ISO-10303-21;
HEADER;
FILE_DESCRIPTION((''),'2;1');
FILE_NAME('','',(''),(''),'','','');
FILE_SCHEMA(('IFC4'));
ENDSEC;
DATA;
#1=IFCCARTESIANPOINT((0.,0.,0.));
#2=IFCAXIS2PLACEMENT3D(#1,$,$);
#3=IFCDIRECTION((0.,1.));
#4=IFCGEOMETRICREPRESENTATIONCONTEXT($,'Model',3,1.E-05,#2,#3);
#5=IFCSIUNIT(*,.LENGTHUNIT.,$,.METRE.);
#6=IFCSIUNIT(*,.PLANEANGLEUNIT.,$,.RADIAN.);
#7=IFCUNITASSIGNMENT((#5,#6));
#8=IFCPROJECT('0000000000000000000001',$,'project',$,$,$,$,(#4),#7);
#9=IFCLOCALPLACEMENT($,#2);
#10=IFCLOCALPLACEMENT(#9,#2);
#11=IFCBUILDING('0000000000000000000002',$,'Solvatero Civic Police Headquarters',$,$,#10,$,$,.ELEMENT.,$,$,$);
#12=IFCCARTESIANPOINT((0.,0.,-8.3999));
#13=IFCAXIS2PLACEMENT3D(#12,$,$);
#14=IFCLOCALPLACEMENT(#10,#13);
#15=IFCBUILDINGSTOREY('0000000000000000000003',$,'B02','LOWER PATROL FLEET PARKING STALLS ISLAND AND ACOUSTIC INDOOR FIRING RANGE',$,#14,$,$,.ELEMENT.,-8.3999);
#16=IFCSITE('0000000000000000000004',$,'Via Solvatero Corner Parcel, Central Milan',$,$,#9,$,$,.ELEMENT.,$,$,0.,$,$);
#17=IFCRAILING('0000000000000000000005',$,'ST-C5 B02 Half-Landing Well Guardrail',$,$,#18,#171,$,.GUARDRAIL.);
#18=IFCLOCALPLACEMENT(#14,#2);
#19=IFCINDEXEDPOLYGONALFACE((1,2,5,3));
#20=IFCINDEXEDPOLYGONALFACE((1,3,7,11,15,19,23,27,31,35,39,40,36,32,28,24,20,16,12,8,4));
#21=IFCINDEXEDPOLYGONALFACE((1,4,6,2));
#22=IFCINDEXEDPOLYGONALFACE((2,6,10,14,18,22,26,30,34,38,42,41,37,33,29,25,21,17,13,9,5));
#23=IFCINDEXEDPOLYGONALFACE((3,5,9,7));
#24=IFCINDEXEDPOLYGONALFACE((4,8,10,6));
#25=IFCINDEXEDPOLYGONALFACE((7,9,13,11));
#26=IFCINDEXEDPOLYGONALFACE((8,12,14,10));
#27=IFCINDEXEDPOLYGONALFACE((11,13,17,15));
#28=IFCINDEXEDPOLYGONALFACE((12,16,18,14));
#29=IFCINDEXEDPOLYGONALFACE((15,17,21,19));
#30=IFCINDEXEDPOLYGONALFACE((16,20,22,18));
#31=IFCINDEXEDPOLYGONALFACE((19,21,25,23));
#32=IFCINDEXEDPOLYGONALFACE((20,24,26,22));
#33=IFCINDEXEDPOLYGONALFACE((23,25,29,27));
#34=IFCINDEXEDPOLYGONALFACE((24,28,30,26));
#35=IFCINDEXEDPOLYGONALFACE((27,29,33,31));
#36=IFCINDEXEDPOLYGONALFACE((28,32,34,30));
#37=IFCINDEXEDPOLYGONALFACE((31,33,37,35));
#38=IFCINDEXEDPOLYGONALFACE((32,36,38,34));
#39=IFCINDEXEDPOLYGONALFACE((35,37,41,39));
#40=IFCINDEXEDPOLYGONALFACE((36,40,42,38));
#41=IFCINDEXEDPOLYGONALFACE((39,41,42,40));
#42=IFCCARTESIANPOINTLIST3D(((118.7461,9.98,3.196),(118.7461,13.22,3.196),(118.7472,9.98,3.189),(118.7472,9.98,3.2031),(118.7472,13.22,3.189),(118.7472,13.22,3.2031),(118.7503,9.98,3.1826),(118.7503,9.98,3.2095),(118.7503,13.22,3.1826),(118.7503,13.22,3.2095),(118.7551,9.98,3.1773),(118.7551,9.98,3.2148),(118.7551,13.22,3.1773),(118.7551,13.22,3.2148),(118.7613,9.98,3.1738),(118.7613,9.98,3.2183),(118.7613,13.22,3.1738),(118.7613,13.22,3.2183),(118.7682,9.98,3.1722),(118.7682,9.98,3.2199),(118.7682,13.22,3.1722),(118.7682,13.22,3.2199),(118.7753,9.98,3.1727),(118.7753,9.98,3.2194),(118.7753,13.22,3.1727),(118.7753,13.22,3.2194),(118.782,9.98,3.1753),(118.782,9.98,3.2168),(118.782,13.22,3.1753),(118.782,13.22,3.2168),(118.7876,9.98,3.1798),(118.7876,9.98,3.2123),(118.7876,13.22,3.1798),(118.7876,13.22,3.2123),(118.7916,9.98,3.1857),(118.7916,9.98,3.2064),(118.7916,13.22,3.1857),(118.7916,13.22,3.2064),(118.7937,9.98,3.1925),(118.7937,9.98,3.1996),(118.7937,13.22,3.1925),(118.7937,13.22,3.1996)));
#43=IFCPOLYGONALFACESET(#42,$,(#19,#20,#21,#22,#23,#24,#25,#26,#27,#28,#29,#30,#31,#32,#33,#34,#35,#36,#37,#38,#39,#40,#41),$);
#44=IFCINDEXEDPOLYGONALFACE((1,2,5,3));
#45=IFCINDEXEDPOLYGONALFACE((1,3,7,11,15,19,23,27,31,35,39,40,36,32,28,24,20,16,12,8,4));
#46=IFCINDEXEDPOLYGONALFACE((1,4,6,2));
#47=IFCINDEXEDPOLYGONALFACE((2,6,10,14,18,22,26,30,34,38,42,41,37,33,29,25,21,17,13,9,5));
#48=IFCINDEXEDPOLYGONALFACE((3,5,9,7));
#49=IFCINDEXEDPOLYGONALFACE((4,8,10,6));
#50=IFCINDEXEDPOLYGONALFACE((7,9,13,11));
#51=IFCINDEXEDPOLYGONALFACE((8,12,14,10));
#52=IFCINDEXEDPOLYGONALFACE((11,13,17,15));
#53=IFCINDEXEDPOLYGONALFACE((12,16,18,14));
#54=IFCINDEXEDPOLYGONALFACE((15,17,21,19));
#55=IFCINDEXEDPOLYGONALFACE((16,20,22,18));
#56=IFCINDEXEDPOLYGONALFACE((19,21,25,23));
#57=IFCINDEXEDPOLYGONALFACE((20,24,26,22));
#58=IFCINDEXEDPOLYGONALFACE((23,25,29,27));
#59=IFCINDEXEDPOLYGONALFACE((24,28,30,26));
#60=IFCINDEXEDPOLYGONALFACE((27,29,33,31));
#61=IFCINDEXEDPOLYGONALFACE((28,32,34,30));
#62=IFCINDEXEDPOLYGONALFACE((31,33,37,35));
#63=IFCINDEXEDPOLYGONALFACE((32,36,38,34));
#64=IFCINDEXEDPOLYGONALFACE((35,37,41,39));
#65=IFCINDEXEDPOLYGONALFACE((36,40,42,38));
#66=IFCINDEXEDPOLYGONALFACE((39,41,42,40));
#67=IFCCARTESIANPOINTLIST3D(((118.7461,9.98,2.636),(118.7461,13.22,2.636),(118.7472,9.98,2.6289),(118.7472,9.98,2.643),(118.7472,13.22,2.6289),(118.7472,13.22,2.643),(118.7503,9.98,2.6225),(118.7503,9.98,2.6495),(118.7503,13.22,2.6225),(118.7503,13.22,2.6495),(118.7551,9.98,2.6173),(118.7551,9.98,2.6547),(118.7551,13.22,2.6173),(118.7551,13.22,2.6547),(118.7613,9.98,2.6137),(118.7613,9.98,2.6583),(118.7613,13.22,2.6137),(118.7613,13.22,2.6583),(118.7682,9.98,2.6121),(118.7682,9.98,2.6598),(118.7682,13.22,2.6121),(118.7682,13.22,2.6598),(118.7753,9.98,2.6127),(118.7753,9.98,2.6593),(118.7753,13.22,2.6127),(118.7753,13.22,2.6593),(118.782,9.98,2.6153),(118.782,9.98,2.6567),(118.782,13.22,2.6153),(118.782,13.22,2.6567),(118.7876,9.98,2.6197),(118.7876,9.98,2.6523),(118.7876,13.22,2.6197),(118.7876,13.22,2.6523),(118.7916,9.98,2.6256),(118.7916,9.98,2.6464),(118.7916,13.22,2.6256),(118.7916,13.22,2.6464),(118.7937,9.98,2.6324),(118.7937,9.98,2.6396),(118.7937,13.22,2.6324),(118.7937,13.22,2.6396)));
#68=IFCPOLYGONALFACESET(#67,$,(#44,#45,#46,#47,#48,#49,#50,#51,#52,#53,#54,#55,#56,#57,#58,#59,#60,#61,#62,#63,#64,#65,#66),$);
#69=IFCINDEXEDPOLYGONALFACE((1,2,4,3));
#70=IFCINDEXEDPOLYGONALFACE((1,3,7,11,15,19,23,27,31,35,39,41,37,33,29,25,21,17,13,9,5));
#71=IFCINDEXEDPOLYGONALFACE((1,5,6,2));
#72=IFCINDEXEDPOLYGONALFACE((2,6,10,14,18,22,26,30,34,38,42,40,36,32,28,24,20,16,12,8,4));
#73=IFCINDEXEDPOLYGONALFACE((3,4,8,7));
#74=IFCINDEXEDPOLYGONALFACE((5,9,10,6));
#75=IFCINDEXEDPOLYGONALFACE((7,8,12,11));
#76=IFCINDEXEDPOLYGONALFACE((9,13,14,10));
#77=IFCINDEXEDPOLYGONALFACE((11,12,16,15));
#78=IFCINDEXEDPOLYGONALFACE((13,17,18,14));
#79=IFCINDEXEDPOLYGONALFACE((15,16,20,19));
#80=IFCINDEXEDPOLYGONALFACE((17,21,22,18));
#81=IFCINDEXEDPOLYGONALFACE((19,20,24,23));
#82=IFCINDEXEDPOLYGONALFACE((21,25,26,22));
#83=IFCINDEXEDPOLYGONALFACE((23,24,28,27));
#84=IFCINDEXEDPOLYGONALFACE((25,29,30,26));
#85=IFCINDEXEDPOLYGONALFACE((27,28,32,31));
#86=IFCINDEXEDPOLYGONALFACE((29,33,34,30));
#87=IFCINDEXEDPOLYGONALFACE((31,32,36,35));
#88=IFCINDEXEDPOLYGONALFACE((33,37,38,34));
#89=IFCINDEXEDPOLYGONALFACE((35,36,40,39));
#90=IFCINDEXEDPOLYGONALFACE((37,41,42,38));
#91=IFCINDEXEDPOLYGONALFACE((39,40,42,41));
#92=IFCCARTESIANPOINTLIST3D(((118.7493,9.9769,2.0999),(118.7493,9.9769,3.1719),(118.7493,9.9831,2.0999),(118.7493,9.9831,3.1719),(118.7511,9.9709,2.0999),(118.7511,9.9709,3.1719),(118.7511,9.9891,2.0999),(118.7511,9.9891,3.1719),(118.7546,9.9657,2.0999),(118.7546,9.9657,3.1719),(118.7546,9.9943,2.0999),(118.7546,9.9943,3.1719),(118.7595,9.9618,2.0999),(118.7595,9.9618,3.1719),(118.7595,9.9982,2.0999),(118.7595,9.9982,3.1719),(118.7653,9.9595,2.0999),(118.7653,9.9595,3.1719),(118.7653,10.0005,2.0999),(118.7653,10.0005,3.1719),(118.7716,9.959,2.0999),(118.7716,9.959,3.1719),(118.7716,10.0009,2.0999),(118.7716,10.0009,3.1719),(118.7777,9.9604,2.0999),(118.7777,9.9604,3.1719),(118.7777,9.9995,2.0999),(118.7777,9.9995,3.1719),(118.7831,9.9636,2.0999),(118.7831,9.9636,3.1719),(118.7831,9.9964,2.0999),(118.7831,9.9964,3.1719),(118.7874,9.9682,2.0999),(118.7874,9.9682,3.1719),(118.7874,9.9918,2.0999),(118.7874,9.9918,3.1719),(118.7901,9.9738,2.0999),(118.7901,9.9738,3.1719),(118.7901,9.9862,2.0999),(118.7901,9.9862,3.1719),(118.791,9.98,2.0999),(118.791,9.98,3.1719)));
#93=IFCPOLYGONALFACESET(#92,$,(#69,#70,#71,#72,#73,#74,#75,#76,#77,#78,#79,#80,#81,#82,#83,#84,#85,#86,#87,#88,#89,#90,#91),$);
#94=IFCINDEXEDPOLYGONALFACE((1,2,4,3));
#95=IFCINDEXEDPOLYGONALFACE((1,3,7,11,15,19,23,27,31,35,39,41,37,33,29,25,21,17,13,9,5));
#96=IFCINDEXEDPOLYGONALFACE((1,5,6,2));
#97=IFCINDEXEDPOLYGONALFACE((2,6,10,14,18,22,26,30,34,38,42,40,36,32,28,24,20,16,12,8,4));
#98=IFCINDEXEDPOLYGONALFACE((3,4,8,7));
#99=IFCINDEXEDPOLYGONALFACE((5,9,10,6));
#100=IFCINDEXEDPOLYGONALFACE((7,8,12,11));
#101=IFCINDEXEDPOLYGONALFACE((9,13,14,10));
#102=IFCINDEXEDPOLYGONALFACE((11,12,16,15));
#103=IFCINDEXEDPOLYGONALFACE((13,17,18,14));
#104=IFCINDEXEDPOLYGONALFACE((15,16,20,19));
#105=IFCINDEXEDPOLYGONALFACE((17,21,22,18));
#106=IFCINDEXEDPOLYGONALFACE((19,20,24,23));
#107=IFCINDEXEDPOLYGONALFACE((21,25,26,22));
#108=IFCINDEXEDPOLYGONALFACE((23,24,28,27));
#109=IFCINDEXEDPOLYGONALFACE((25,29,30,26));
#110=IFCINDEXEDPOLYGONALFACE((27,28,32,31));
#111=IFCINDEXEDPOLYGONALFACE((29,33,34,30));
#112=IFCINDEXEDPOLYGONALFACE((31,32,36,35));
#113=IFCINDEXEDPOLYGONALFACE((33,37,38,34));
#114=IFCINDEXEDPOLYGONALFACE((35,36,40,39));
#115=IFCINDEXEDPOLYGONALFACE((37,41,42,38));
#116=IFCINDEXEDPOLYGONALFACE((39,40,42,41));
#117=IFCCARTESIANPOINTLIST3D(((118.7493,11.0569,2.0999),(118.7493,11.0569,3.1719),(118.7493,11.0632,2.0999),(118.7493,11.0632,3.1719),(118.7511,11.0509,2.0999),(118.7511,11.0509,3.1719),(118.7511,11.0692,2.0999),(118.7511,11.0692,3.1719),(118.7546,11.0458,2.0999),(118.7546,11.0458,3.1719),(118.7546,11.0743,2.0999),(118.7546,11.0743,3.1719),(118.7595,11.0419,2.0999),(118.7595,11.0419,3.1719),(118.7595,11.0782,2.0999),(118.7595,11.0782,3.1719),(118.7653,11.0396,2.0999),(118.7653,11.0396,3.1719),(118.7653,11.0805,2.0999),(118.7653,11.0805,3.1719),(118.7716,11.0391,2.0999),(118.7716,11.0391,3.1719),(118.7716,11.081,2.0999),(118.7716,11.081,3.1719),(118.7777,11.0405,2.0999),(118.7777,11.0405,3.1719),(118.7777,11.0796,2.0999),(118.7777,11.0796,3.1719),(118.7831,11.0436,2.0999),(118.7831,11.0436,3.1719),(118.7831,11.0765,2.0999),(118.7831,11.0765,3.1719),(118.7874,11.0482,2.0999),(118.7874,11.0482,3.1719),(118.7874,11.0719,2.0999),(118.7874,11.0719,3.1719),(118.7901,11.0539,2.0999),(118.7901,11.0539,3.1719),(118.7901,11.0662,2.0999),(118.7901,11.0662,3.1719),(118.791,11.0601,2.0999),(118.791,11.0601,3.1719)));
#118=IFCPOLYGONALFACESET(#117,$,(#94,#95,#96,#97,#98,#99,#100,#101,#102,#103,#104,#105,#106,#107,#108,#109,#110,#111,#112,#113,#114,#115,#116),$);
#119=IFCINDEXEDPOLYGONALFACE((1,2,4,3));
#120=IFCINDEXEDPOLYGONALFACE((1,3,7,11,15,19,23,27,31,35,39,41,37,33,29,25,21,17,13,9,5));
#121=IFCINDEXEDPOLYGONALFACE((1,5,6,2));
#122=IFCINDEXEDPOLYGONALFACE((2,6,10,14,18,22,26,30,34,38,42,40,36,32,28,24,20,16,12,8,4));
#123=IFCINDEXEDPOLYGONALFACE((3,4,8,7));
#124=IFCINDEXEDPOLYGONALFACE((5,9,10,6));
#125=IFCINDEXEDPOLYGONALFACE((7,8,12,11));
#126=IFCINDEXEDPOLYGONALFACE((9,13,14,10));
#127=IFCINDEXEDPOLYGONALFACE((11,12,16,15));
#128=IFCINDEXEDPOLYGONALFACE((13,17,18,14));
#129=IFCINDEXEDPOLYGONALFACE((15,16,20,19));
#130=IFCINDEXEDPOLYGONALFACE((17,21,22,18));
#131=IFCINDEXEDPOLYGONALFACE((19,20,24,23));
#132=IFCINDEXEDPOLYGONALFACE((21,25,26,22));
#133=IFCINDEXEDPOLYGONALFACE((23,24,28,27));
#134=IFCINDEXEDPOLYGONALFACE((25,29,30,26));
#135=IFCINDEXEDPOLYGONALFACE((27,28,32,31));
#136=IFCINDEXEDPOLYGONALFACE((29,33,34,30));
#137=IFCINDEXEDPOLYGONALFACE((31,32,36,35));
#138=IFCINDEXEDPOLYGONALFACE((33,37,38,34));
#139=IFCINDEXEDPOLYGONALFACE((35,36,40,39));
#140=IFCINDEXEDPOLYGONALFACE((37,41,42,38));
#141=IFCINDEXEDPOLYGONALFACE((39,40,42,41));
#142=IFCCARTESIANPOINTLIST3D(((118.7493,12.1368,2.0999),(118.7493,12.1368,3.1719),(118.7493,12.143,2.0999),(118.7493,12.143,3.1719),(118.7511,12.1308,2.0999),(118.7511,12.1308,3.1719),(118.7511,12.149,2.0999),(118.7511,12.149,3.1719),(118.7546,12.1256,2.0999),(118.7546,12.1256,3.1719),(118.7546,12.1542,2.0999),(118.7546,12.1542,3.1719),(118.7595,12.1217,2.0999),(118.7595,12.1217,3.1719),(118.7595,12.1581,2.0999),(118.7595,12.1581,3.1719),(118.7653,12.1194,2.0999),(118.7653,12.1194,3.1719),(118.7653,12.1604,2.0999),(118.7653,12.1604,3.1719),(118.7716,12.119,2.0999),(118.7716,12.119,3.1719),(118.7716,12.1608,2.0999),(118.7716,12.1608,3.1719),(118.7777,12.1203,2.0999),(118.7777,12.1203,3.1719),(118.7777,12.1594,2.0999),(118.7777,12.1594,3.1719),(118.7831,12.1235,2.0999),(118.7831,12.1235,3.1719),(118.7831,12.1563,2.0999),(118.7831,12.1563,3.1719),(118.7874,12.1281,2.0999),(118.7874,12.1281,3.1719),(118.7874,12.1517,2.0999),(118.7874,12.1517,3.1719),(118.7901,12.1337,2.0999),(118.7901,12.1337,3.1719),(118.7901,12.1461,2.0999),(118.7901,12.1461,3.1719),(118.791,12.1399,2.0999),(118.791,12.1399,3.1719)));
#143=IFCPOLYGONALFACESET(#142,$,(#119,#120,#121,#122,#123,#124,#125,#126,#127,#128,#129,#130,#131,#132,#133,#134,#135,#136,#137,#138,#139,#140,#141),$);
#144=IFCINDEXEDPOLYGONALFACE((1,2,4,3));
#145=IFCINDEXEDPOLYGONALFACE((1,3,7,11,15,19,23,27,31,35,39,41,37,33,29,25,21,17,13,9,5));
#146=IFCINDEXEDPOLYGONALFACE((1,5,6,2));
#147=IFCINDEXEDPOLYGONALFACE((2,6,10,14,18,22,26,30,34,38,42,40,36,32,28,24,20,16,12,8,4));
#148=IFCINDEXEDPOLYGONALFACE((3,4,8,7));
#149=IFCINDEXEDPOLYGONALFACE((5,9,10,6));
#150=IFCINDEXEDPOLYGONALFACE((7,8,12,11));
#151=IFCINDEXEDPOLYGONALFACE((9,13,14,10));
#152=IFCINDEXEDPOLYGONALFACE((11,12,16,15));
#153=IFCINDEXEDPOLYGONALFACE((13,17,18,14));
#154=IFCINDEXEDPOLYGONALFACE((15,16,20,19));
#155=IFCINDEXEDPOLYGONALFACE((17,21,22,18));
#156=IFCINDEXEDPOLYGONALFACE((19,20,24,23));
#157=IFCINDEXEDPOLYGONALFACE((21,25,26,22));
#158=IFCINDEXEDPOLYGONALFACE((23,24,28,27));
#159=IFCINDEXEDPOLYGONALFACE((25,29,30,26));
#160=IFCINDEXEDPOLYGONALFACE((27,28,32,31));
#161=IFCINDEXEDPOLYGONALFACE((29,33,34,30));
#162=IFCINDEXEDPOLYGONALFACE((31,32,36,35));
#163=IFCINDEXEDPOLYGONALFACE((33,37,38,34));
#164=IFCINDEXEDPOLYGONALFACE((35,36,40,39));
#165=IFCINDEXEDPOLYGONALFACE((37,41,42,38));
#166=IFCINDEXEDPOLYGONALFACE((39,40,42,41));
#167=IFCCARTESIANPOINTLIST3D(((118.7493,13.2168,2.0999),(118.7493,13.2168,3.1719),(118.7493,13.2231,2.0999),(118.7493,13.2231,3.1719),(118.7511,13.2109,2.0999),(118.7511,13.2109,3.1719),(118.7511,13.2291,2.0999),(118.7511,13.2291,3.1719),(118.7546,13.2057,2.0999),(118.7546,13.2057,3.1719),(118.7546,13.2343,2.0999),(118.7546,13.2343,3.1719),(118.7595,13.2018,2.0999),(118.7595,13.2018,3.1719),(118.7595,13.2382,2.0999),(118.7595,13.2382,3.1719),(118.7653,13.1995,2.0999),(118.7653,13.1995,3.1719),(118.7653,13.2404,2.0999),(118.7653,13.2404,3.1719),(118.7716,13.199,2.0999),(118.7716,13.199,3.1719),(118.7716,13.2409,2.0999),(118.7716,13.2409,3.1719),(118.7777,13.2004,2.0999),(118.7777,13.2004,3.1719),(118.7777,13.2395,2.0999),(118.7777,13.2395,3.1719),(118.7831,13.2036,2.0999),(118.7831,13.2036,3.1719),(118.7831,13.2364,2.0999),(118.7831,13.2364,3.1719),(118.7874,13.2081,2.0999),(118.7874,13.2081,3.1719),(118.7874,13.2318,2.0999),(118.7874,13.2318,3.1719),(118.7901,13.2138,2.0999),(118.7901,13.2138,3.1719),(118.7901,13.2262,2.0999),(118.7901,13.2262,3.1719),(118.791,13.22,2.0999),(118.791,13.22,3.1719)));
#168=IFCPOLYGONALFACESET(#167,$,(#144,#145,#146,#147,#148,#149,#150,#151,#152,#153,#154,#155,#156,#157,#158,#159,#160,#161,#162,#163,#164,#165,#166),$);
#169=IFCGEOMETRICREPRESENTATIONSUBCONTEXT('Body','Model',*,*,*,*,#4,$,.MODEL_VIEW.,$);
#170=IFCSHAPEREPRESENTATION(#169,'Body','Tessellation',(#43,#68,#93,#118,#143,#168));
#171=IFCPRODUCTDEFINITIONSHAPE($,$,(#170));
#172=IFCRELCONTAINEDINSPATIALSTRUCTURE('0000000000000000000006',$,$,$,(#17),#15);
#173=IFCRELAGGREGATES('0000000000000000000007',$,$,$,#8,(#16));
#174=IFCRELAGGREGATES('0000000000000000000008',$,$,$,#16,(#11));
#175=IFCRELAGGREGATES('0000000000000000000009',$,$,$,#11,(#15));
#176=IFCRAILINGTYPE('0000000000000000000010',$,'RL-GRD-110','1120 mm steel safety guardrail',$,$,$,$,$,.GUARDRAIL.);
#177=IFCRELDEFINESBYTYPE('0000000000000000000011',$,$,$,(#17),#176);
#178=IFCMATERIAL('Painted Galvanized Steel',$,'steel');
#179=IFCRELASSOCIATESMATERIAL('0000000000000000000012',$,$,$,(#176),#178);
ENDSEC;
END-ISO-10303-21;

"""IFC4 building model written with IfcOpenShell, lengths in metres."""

from ifc_helpers import new_model, si_unit, direction, frame, origin, origin_2d, place, context, subcontext, project, spatial, circle, extrude, material, type_object, element, save


model = new_model("IFC4")

# Units and contexts
model_context = context("Model", 3, precision=1e-05, world=origin(), true_north=direction((0.0, 1.0)))
body_context = subcontext(model_context, "Body", "Model", "MODEL_VIEW")
ifc_project = project(units=[si_unit("LENGTHUNIT", "METRE"), si_unit("PLANEANGLEUNIT", "RADIAN")], contexts=[model_context])

# Site, building, storey
site_placement = place(None, origin())
site = spatial("IfcSite", under=ifc_project, at=site_placement, Name="Via Solvatero Corner Parcel, Central Milan", CompositionType="ELEMENT", RefElevation=0.0)
building_placement = place(site_placement, origin())
building = spatial("IfcBuilding", under=site, at=building_placement, Name="Solvatero Civic Police Headquarters", CompositionType="ELEMENT")
storey_placement = place(building_placement, frame((0.0, 0.0, -8.3999)))
storey = spatial("IfcBuildingStorey", under=building, at=storey_placement, Name="B02", Description="LOWER PATROL FLEET PARKING STALLS ISLAND AND ACOUSTIC INDOOR FIRING RANGE", CompositionType="ELEMENT", Elevation=-8.3999)

# Railing
ifc_material_1 = material(Name="Painted Galvanized Steel", Category="steel")
railing_type_1 = type_object("IfcRailingType", Name="RL-GRD-110", Description="1120 mm steel safety guardrail", PredefinedType="GUARDRAIL", material=ifc_material_1)
railing_1_placement = place(storey_placement, frame((118.77, 9.98, 2.0999)))
element("IfcRailing", 1, at=railing_1_placement, inside=storey, type_object=railing_type_1, Name="ST-C5 B02 Half-Landing Well Guardrail", PredefinedType="GUARDRAIL", context=body_context, shape_type="SweptSolid", body=[
    extrude(circle(Radius=0.0239, at=origin_2d()), frame((0.0, 0.0, 1.0962), z_axis=(0.0, 1.0, 0.0), x_axis=(-1.0, 0.0, 0.0)), (0.0, 0.0, 1.0), 3.24),
    extrude(circle(Radius=0.0239, at=origin_2d()), frame((0.0, 0.0, 0.5361), z_axis=(0.0, 1.0, 0.0), x_axis=(-1.0, 0.0, 0.0)), (0.0, 0.0, 1.0), 3.24),
    extrude(circle(Radius=0.021, at=origin_2d()), origin(), (0.0, 0.0, 1.0), 1.072),
    extrude(circle(Radius=0.021, at=origin_2d()), frame((0.0, 1.0801, 0.0)), (0.0, 0.0, 1.0), 1.072),
    extrude(circle(Radius=0.021, at=origin_2d()), frame((0.0, 2.1599, 0.0)), (0.0, 0.0, 1.0), 1.072),
    extrude(circle(Radius=0.021, at=origin_2d()), frame((0.0, 3.24, 0.0)), (0.0, 0.0, 1.0), 1.072),
])

save(model, "model.ifc")
